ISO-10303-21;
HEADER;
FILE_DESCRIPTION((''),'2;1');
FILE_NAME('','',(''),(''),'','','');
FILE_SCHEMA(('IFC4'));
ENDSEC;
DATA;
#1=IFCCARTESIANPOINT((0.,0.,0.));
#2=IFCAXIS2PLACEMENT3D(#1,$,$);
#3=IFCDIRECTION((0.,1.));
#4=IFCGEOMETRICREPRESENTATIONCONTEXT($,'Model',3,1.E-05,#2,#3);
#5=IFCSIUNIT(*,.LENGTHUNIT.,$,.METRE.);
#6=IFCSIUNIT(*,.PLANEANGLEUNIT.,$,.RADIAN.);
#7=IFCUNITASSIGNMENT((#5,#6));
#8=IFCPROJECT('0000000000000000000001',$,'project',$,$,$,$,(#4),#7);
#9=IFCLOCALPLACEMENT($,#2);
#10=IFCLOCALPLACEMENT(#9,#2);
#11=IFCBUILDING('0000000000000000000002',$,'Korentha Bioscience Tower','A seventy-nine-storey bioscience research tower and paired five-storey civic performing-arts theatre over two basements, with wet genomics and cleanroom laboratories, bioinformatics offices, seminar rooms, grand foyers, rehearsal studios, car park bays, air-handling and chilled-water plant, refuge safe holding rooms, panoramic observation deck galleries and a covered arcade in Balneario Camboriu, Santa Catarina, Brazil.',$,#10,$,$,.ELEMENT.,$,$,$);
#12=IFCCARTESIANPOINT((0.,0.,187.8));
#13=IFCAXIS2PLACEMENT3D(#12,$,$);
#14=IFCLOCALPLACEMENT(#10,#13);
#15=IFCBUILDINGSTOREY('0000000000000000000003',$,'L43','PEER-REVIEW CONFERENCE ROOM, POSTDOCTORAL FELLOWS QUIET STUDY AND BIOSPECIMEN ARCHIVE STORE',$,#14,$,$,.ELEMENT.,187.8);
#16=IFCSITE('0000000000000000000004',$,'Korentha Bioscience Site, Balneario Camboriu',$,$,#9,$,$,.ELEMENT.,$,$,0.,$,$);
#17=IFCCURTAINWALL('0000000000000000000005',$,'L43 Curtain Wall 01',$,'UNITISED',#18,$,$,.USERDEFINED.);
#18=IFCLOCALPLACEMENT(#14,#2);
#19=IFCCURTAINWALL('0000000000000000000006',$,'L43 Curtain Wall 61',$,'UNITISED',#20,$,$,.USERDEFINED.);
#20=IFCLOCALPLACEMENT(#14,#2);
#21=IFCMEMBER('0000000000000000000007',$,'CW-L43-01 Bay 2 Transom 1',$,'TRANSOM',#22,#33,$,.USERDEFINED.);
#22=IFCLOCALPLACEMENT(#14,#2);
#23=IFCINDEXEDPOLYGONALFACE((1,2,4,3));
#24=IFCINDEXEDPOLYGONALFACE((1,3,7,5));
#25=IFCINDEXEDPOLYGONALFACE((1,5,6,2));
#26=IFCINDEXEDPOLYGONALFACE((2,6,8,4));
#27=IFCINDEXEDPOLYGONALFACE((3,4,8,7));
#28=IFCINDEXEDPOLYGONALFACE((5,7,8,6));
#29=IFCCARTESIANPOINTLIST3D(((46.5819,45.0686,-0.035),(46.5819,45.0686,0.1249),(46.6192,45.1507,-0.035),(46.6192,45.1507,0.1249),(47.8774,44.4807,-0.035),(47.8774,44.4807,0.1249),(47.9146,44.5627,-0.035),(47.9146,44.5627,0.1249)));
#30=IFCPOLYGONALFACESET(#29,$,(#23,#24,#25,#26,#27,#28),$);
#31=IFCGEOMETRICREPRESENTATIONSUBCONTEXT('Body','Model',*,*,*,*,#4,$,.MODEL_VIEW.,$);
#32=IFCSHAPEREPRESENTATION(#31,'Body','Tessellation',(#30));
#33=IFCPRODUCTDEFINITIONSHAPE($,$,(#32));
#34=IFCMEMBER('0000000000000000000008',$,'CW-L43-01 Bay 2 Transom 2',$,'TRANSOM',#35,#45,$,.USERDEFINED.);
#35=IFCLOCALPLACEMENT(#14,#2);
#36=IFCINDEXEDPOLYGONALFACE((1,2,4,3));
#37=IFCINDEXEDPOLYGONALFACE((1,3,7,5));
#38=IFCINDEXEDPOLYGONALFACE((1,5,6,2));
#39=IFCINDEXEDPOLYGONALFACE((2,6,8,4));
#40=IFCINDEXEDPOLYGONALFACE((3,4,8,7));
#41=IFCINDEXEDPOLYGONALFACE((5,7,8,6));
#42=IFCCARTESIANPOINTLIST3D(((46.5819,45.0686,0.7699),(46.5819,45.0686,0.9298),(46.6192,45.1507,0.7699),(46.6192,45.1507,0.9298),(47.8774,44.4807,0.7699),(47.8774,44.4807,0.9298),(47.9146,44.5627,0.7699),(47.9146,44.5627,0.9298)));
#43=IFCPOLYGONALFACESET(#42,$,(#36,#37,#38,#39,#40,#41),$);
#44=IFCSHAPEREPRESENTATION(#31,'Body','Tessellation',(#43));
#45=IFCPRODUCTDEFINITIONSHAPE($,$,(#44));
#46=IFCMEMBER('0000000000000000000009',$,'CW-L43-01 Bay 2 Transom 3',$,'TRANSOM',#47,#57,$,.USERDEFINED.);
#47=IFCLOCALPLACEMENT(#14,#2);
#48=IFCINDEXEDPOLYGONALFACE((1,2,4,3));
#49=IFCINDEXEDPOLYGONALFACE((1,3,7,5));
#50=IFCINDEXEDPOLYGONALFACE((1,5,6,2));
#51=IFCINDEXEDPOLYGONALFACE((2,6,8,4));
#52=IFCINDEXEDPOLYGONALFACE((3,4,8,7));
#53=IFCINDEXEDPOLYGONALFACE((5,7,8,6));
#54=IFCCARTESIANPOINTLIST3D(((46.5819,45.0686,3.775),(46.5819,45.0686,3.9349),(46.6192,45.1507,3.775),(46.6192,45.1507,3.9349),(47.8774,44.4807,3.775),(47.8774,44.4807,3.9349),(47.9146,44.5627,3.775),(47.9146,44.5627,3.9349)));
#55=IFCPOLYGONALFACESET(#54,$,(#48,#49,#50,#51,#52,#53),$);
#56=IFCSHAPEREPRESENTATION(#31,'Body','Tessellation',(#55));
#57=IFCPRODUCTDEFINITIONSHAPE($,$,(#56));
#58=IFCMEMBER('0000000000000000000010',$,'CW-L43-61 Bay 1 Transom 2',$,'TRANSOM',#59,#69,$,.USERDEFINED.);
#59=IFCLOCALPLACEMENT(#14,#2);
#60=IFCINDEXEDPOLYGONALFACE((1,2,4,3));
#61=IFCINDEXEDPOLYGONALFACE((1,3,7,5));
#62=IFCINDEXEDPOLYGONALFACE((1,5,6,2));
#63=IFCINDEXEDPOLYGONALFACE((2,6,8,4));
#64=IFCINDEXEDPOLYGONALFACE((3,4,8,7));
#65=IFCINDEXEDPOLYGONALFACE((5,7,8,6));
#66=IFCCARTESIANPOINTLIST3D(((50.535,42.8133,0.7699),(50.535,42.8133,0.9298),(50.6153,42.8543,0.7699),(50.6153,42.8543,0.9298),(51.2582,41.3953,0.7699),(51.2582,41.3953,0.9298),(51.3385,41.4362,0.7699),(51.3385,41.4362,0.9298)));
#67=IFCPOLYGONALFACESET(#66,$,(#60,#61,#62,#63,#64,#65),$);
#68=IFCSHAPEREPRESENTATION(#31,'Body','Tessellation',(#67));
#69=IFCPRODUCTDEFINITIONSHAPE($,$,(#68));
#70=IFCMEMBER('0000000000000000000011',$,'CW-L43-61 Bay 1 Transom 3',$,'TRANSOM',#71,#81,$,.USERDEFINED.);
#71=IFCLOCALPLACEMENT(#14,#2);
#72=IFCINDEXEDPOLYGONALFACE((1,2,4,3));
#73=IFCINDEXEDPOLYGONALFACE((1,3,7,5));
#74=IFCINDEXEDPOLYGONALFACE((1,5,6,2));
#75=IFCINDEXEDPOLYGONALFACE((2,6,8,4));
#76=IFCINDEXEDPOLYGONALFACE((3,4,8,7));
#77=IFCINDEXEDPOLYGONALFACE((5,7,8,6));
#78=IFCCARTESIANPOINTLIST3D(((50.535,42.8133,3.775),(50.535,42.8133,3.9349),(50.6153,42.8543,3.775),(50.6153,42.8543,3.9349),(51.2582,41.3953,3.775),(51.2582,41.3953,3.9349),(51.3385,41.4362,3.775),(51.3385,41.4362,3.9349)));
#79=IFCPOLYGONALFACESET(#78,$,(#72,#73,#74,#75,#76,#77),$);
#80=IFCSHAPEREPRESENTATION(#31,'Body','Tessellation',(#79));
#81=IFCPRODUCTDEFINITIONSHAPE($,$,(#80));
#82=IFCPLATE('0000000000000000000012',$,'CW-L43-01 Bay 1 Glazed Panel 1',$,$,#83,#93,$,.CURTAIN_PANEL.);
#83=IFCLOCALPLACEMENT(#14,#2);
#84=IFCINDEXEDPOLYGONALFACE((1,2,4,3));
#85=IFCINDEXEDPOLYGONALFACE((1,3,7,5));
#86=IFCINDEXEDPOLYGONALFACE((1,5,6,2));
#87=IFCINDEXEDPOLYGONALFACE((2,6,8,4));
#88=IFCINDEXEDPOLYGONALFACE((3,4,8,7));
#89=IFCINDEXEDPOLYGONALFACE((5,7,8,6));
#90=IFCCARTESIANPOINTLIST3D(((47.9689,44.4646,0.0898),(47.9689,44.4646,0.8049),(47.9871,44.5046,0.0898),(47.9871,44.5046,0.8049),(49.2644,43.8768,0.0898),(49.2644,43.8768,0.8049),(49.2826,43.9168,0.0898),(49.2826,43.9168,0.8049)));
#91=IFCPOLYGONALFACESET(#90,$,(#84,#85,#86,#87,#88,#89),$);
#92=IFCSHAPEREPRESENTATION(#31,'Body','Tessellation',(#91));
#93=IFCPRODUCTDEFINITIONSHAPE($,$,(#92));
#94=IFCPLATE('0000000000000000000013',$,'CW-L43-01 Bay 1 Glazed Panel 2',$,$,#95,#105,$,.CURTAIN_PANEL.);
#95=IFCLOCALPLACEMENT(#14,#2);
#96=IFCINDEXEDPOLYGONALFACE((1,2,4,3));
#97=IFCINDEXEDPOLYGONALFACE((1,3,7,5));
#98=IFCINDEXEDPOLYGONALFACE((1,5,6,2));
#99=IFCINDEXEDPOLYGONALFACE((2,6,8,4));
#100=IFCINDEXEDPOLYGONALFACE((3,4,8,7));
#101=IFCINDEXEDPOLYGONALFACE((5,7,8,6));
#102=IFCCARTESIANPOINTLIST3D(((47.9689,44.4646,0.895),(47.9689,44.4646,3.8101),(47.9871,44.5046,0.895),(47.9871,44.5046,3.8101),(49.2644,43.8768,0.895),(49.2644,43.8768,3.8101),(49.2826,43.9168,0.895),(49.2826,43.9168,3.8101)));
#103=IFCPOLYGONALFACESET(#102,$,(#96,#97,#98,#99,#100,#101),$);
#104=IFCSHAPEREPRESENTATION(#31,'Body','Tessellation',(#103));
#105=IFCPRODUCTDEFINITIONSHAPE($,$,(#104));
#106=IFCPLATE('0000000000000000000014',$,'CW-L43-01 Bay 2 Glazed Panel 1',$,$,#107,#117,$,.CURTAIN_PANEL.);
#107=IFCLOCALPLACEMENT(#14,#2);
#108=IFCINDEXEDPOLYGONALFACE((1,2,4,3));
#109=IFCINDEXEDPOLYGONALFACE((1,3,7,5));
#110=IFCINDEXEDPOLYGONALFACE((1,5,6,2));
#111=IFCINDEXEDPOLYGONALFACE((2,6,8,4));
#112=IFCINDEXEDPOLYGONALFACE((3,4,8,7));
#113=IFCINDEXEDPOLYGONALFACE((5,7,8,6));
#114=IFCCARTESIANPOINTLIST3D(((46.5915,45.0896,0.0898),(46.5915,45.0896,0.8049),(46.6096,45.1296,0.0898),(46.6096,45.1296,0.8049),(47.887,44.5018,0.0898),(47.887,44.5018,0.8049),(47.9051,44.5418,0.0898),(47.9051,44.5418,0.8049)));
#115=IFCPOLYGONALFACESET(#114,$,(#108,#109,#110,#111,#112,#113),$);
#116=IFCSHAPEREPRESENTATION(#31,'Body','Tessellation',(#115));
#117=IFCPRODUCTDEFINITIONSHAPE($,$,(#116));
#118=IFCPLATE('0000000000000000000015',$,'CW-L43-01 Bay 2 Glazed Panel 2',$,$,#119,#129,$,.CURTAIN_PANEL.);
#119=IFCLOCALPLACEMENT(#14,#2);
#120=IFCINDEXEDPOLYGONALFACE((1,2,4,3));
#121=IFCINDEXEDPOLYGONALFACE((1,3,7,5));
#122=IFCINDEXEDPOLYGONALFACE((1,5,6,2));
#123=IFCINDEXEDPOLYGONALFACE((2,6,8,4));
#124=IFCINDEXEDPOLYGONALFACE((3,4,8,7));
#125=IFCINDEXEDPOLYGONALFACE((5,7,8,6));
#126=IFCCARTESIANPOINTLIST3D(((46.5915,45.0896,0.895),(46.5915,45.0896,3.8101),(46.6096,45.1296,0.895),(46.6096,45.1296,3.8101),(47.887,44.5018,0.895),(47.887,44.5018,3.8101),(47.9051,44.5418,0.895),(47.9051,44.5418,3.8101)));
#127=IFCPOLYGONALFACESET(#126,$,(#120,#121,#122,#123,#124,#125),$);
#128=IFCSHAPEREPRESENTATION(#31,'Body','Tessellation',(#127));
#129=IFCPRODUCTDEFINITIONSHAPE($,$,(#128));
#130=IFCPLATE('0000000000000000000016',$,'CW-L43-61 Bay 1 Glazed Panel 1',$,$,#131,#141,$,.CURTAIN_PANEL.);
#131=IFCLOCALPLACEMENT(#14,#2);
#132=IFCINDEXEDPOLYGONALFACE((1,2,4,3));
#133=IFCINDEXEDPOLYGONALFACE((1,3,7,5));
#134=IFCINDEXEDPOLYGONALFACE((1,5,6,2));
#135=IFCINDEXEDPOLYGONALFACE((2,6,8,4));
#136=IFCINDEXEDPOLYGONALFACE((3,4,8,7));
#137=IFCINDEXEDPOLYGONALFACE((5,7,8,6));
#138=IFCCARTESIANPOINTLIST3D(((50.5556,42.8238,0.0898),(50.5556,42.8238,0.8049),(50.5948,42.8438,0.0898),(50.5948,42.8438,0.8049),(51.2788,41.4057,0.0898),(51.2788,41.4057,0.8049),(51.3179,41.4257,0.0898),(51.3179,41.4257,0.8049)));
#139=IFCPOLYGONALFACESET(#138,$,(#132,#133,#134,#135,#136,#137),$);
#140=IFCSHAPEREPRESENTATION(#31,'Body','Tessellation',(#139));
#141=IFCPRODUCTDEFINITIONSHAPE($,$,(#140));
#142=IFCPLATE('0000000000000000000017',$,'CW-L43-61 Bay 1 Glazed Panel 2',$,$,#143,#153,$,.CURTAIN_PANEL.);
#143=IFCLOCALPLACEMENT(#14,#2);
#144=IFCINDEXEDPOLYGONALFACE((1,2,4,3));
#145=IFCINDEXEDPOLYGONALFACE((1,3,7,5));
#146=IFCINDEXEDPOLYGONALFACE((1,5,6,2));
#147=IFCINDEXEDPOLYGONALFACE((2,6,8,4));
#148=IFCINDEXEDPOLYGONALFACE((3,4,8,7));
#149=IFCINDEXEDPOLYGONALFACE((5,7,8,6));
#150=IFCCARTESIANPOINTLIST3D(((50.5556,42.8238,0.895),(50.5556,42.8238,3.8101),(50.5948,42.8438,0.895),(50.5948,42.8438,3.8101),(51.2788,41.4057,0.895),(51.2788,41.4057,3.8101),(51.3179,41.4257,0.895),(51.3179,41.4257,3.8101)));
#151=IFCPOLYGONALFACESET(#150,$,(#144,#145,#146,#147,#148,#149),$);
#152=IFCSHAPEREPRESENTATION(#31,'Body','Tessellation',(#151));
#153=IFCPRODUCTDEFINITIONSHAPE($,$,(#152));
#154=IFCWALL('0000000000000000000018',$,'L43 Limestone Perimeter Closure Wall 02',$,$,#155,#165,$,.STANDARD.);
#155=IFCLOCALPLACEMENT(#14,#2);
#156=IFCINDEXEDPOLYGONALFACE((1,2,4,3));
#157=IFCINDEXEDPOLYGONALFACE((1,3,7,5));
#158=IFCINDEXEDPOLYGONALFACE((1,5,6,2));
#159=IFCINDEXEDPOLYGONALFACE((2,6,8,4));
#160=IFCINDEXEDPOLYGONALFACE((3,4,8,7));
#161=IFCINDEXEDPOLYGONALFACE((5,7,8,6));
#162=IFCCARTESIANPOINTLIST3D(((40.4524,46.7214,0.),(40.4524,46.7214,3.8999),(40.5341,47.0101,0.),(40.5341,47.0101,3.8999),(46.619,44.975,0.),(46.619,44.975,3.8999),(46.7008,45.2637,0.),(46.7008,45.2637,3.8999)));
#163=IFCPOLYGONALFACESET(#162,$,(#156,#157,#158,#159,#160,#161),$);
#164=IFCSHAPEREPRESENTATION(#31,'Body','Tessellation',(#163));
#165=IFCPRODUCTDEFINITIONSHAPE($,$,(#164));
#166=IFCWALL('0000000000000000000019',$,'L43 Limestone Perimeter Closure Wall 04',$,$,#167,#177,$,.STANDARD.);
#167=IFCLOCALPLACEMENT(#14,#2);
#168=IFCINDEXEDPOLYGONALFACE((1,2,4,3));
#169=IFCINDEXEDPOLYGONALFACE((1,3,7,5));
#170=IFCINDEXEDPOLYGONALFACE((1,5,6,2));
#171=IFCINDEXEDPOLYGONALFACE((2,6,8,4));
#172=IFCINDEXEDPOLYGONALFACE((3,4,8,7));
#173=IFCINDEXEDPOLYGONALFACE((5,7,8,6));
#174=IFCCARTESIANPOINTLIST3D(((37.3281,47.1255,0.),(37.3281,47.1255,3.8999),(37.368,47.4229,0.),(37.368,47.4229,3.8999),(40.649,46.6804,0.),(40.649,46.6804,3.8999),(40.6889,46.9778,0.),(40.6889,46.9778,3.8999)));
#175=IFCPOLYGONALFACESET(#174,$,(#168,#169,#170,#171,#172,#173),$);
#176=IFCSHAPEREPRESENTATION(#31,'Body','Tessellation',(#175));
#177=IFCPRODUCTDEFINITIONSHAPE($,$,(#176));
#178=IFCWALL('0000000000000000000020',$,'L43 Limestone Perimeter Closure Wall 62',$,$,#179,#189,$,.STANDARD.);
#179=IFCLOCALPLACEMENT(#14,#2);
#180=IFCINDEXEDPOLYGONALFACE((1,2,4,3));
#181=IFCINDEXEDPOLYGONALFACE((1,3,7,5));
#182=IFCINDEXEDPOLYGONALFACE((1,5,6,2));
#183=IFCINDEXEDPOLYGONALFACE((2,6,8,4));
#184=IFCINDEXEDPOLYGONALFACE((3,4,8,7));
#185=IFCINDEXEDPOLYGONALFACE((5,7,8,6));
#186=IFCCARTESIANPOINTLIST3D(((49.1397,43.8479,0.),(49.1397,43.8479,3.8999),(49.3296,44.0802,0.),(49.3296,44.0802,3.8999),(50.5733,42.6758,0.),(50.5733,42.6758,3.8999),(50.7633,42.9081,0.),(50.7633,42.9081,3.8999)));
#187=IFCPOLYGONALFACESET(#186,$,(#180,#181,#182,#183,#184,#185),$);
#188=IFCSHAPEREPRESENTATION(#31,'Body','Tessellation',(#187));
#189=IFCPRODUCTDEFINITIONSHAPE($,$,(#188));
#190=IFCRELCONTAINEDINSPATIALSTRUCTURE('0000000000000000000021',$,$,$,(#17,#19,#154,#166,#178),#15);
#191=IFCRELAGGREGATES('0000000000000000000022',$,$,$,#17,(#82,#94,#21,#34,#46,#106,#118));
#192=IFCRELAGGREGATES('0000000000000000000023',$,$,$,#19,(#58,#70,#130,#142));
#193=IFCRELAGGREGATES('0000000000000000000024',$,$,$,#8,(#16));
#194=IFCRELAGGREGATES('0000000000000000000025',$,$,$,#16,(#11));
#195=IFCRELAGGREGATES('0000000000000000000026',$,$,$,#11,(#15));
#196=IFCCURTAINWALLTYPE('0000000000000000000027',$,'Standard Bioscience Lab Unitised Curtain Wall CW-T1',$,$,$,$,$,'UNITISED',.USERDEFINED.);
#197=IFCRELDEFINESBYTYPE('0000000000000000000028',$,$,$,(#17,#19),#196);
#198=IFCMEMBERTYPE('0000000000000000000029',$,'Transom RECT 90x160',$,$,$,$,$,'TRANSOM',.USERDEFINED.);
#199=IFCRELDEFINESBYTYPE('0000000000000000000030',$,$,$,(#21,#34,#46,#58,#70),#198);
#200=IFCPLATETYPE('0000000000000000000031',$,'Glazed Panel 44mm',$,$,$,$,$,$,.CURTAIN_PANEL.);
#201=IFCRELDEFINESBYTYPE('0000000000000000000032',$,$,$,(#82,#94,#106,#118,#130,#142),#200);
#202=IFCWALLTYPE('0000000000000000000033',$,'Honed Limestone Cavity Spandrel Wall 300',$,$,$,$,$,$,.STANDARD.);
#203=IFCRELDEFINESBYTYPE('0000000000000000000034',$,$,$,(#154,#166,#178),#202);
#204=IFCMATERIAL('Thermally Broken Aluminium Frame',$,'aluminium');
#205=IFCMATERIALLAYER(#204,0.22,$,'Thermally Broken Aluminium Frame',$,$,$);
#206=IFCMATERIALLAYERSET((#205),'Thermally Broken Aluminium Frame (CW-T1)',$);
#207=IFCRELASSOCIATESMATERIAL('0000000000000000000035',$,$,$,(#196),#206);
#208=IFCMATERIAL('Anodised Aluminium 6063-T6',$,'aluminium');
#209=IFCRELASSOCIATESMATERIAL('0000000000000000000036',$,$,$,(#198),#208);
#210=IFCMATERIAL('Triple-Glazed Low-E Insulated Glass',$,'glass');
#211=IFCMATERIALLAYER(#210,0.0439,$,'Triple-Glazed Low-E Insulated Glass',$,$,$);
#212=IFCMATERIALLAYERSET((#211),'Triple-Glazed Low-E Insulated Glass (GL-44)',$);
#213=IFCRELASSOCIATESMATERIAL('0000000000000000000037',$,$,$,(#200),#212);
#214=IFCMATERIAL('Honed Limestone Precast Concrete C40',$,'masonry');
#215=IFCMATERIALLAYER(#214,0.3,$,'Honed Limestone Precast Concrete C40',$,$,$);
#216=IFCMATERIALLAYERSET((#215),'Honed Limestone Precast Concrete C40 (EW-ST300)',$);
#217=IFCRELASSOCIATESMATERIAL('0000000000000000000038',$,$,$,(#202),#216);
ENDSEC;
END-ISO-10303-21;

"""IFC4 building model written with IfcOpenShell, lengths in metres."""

from ifc_helpers import new_model, si_unit, direction, frame, frame_2d, origin, origin_2d, place, context, subcontext, project, spatial, rectangle, extrude, material, layer, layer_set, material_profile, profile_set, type_object, element, aggregate, save


model = new_model("IFC4")

# Units and contexts
model_context = context("Model", 3, precision=1e-05, world=origin(), true_north=direction((0.0, 1.0)))
body_context = subcontext(model_context, "Body", "Model", "MODEL_VIEW")
ifc_project = project(units=[si_unit("LENGTHUNIT", "METRE"), si_unit("PLANEANGLEUNIT", "RADIAN")], contexts=[model_context])

# Site, building, storey
site_placement = place(None, origin())
site = spatial("IfcSite", under=ifc_project, at=site_placement, Name="Korentha Bioscience Site, Balneario Camboriu", CompositionType="ELEMENT", RefElevation=0.0)
building_placement = place(site_placement, origin())
building = spatial("IfcBuilding", under=site, at=building_placement, Name="Korentha Bioscience Tower", Description="A seventy-nine-storey bioscience research tower and paired five-storey civic performing-arts theatre over two basements, with wet genomics and cleanroom laboratories, bioinformatics offices, seminar rooms, grand foyers, rehearsal studios, car park bays, air-handling and chilled-water plant, refuge safe holding rooms, panoramic observation deck galleries and a covered arcade in Balneario Camboriu, Santa Catarina, Brazil.", CompositionType="ELEMENT")
storey_placement = place(building_placement, frame((0.0, 0.0, 187.8)))
storey = spatial("IfcBuildingStorey", under=building, at=storey_placement, Name="L43", Description="PEER-REVIEW CONFERENCE ROOM, POSTDOCTORAL FELLOWS QUIET STUDY AND BIOSPECIMEN ARCHIVE STORE", CompositionType="ELEMENT", Elevation=187.8)

# Curtain wall
ifc_material_1 = material(Name="Thermally Broken Aluminium Frame", Category="aluminium")
ifc_layer_1 = layer(ifc_material_1, 0.22, Name="Thermally Broken Aluminium Frame")
ifc_layer_set_1 = layer_set([ifc_layer_1], Name="Thermally Broken Aluminium Frame (CW-T1)")
curtain_wall_type = type_object("IfcCurtainWallType", Name="Standard Bioscience Lab Unitised Curtain Wall CW-T1", ElementType="UNITISED", PredefinedType="USERDEFINED", material=ifc_layer_set_1)
curtain_wall_1_placement = place(storey_placement, origin())
curtain_wall_1 = element("IfcCurtainWall", 1, at=curtain_wall_1_placement, inside=storey, type_object=curtain_wall_type, Name="L43 Curtain Wall 01", ObjectType="UNITISED", PredefinedType="USERDEFINED")
ifc_material_2 = material(Name="Anodised Aluminium 6063-T6", Category="aluminium")

# Curtain wall
curtain_wall_2_placement = place(storey_placement, origin())
curtain_wall_2 = element("IfcCurtainWall", 2, at=curtain_wall_2_placement, inside=storey, type_object=curtain_wall_type, Name="L43 Curtain Wall 61", ObjectType="UNITISED", PredefinedType="USERDEFINED")

# Members
ifc_material_profile_1 = material_profile(ifc_material_2, rectangle(XDim=0.0901, YDim=0.1599, at=origin_2d()), Name="Anodised Aluminium 6063-T6")
ifc_profile_set_1 = profile_set([ifc_material_profile_1], Name="Anodised Aluminium 6063-T6 (CW-TRN)")
member_type_1 = type_object("IfcMemberType", Name="Transom RECT 90x160", ElementType="TRANSOM", PredefinedType="USERDEFINED", material=ifc_profile_set_1)
member_1_placement = place(storey_placement, frame((47.896, 44.5217, 0.0449), z_axis=(-0.910613, 0.41326, 0.0), x_axis=(-0.41326, -0.910613, 0.0)))
member_1 = element("IfcMember", 3, at=member_1_placement, type_object=member_type_1, Name="CW-L43-01 Bay 2 Transom 1", ObjectType="TRANSOM", PredefinedType="USERDEFINED", context=body_context, shape_type="SweptSolid", body=[
    extrude(rectangle(XDim=0.0901, YDim=0.1599, at=origin_2d()), origin(), (0.0, 0.0, 1.0), 1.4226),
])
member_2_placement = place(storey_placement, frame((47.896, 44.5217, 0.8499), z_axis=(-0.910613, 0.41326, 0.0), x_axis=(-0.41326, -0.910613, 0.0)))
member_2 = element("IfcMember", 4, at=member_2_placement, type_object=member_type_1, Name="CW-L43-01 Bay 2 Transom 2", ObjectType="TRANSOM", PredefinedType="USERDEFINED", context=body_context, shape_type="SweptSolid", body=[
    extrude(rectangle(XDim=0.0901, YDim=0.1599, at=origin_2d()), origin(), (0.0, 0.0, 1.0), 1.4226),
])
member_3_placement = place(storey_placement, frame((47.896, 44.5217, 3.855), z_axis=(-0.910613, 0.41326, 0.0), x_axis=(-0.41326, -0.910613, 0.0)))
member_3 = element("IfcMember", 5, at=member_3_placement, type_object=member_type_1, Name="CW-L43-01 Bay 2 Transom 3", ObjectType="TRANSOM", PredefinedType="USERDEFINED", context=body_context, shape_type="SweptSolid", body=[
    extrude(rectangle(XDim=0.0901, YDim=0.1599, at=origin_2d()), origin(), (0.0, 0.0, 1.0), 1.4226),
])
member_4_placement = place(storey_placement, frame((51.2983, 41.4158, 0.8499), z_axis=(-0.454316, 0.89084, 0.0), x_axis=(-0.89084, -0.454316, 0.0)))
member_4 = element("IfcMember", 6, at=member_4_placement, type_object=member_type_1, Name="CW-L43-61 Bay 1 Transom 2", ObjectType="TRANSOM", PredefinedType="USERDEFINED", context=body_context, shape_type="SweptSolid", body=[
    extrude(rectangle(XDim=0.0901, YDim=0.1599, at=origin_2d()), origin(), (0.0, 0.0, 1.0), 1.5918),
])
member_5_placement = place(storey_placement, frame((51.2983, 41.4158, 3.855), z_axis=(-0.454316, 0.89084, 0.0), x_axis=(-0.89084, -0.454316, 0.0)))
member_5 = element("IfcMember", 7, at=member_5_placement, type_object=member_type_1, Name="CW-L43-61 Bay 1 Transom 3", ObjectType="TRANSOM", PredefinedType="USERDEFINED", context=body_context, shape_type="SweptSolid", body=[
    extrude(rectangle(XDim=0.0901, YDim=0.1599, at=origin_2d()), origin(), (0.0, 0.0, 1.0), 1.5918),
])

# Plates
ifc_material_3 = material(Name="Triple-Glazed Low-E Insulated Glass", Category="glass")
ifc_layer_2 = layer(ifc_material_3, 0.0439, Name="Triple-Glazed Low-E Insulated Glass")
ifc_layer_set_2 = layer_set([ifc_layer_2], Name="Triple-Glazed Low-E Insulated Glass (GL-44)")
plate_type = type_object("IfcPlateType", Name="Glazed Panel 44mm", PredefinedType="CURTAIN_PANEL", material=ifc_layer_set_2)
plate_1_placement = place(storey_placement, frame((48.6257, 44.1907, 0.0898), z_axis=(0.0, 0.0, 1.0), x_axis=(-0.910644, 0.413191, 0.0)))
plate_1 = element("IfcPlate", 8, at=plate_1_placement, type_object=plate_type, Name="CW-L43-01 Bay 1 Glazed Panel 1", PredefinedType="CURTAIN_PANEL", context=body_context, shape_type="SweptSolid", body=[
    extrude(rectangle(XDim=1.4226, YDim=0.0439, at=origin_2d()), origin(), (0.0, 0.0, 1.0), 0.7151),
])
plate_2_placement = place(storey_placement, frame((48.6257, 44.1907, 0.895), z_axis=(0.0, 0.0, 1.0), x_axis=(-0.910644, 0.413191, 0.0)))
plate_2 = element("IfcPlate", 9, at=plate_2_placement, type_object=plate_type, Name="CW-L43-01 Bay 1 Glazed Panel 2", PredefinedType="CURTAIN_PANEL", context=body_context, shape_type="SweptSolid", body=[
    extrude(rectangle(XDim=1.4226, YDim=0.0439, at=origin_2d()), origin(), (0.0, 0.0, 1.0), 2.915),
])
plate_3_placement = place(storey_placement, frame((47.2483, 44.8157, 0.0898), z_axis=(0.0, 0.0, 1.0), x_axis=(-0.910644, 0.413191, 0.0)))
plate_3 = element("IfcPlate", 10, at=plate_3_placement, type_object=plate_type, Name="CW-L43-01 Bay 2 Glazed Panel 1", PredefinedType="CURTAIN_PANEL", context=body_context, shape_type="SweptSolid", body=[
    extrude(rectangle(XDim=1.4226, YDim=0.0439, at=origin_2d()), origin(), (0.0, 0.0, 1.0), 0.7151),
])
plate_4_placement = place(storey_placement, frame((47.2483, 44.8157, 0.895), z_axis=(0.0, 0.0, 1.0), x_axis=(-0.910644, 0.413191, 0.0)))
plate_4 = element("IfcPlate", 11, at=plate_4_placement, type_object=plate_type, Name="CW-L43-01 Bay 2 Glazed Panel 2", PredefinedType="CURTAIN_PANEL", context=body_context, shape_type="SweptSolid", body=[
    extrude(rectangle(XDim=1.4226, YDim=0.0439, at=origin_2d()), origin(), (0.0, 0.0, 1.0), 2.915),
])
aggregate(curtain_wall_1, [plate_1, plate_2, member_1, member_2, member_3, plate_3, plate_4])
plate_5_placement = place(storey_placement, frame((50.9368, 42.1248, 0.0898), z_axis=(0.0, 0.0, 1.0), x_axis=(-0.454288, 0.890855, 0.0)))
plate_5 = element("IfcPlate", 12, at=plate_5_placement, type_object=plate_type, Name="CW-L43-61 Bay 1 Glazed Panel 1", PredefinedType="CURTAIN_PANEL", context=body_context, shape_type="SweptSolid", body=[
    extrude(rectangle(XDim=1.5918, YDim=0.0439, at=origin_2d()), origin(), (0.0, 0.0, 1.0), 0.7151),
])
plate_6_placement = place(storey_placement, frame((50.9368, 42.1248, 0.895), z_axis=(0.0, 0.0, 1.0), x_axis=(-0.454288, 0.890855, 0.0)))
plate_6 = element("IfcPlate", 13, at=plate_6_placement, type_object=plate_type, Name="CW-L43-61 Bay 1 Glazed Panel 2", PredefinedType="CURTAIN_PANEL", context=body_context, shape_type="SweptSolid", body=[
    extrude(rectangle(XDim=1.5918, YDim=0.0439, at=origin_2d()), origin(), (0.0, 0.0, 1.0), 2.915),
])
aggregate(curtain_wall_2, [member_4, member_5, plate_5, plate_6])

# Walls
ifc_material_4 = material(Name="Honed Limestone Precast Concrete C40", Category="masonry")
ifc_layer_3 = layer(ifc_material_4, 0.3, Name="Honed Limestone Precast Concrete C40")
ifc_layer_set_3 = layer_set([ifc_layer_3], Name="Honed Limestone Precast Concrete C40 (EW-ST300)")
wall_type = type_object("IfcWallType", Name="Honed Limestone Cavity Spandrel Wall 300", PredefinedType="STANDARD", material=ifc_layer_set_3)
wall_1_placement = place(storey_placement, frame((46.6599, 45.1194, 0.0), z_axis=(0.0, 0.0, 1.0), x_axis=(-0.962164, 0.272472, 0.0)))
element("IfcWall", 14, at=wall_1_placement, inside=storey, type_object=wall_type, Name="L43 Limestone Perimeter Closure Wall 02", PredefinedType="STANDARD", context=body_context, shape_type="SweptSolid", body=[
    extrude(rectangle(XDim=6.4092, YDim=0.3, at=frame_2d((3.2046, 0.0))), origin(), (0.0, 0.0, 1.0), 3.8999),
])
wall_2_placement = place(storey_placement, frame((40.6689, 46.8291, 0.0), z_axis=(0.0, 0.0, 1.0), x_axis=(-0.991138, 0.132837, 0.0)))
element("IfcWall", 15, at=wall_2_placement, inside=storey, type_object=wall_type, Name="L43 Limestone Perimeter Closure Wall 04", PredefinedType="STANDARD", context=body_context, shape_type="SweptSolid", body=[
    extrude(rectangle(XDim=3.3506, YDim=0.3, at=frame_2d((1.6753, 0.0))), origin(), (0.0, 0.0, 1.0), 3.8999),
])
wall_3_placement = place(storey_placement, frame((50.6682, 42.792, 0.0), z_axis=(0.0, 0.0, 1.0), x_axis=(-0.774175, 0.632972, 0.0)))
element("IfcWall", 16, at=wall_3_placement, inside=storey, type_object=wall_type, Name="L43 Limestone Perimeter Closure Wall 62", PredefinedType="STANDARD", context=body_context, shape_type="SweptSolid", body=[
    extrude(rectangle(XDim=1.8518, YDim=0.3, at=frame_2d((0.9258, 0.0))), origin(), (0.0, 0.0, 1.0), 3.8999),
])

save(model, "model.ifc")
